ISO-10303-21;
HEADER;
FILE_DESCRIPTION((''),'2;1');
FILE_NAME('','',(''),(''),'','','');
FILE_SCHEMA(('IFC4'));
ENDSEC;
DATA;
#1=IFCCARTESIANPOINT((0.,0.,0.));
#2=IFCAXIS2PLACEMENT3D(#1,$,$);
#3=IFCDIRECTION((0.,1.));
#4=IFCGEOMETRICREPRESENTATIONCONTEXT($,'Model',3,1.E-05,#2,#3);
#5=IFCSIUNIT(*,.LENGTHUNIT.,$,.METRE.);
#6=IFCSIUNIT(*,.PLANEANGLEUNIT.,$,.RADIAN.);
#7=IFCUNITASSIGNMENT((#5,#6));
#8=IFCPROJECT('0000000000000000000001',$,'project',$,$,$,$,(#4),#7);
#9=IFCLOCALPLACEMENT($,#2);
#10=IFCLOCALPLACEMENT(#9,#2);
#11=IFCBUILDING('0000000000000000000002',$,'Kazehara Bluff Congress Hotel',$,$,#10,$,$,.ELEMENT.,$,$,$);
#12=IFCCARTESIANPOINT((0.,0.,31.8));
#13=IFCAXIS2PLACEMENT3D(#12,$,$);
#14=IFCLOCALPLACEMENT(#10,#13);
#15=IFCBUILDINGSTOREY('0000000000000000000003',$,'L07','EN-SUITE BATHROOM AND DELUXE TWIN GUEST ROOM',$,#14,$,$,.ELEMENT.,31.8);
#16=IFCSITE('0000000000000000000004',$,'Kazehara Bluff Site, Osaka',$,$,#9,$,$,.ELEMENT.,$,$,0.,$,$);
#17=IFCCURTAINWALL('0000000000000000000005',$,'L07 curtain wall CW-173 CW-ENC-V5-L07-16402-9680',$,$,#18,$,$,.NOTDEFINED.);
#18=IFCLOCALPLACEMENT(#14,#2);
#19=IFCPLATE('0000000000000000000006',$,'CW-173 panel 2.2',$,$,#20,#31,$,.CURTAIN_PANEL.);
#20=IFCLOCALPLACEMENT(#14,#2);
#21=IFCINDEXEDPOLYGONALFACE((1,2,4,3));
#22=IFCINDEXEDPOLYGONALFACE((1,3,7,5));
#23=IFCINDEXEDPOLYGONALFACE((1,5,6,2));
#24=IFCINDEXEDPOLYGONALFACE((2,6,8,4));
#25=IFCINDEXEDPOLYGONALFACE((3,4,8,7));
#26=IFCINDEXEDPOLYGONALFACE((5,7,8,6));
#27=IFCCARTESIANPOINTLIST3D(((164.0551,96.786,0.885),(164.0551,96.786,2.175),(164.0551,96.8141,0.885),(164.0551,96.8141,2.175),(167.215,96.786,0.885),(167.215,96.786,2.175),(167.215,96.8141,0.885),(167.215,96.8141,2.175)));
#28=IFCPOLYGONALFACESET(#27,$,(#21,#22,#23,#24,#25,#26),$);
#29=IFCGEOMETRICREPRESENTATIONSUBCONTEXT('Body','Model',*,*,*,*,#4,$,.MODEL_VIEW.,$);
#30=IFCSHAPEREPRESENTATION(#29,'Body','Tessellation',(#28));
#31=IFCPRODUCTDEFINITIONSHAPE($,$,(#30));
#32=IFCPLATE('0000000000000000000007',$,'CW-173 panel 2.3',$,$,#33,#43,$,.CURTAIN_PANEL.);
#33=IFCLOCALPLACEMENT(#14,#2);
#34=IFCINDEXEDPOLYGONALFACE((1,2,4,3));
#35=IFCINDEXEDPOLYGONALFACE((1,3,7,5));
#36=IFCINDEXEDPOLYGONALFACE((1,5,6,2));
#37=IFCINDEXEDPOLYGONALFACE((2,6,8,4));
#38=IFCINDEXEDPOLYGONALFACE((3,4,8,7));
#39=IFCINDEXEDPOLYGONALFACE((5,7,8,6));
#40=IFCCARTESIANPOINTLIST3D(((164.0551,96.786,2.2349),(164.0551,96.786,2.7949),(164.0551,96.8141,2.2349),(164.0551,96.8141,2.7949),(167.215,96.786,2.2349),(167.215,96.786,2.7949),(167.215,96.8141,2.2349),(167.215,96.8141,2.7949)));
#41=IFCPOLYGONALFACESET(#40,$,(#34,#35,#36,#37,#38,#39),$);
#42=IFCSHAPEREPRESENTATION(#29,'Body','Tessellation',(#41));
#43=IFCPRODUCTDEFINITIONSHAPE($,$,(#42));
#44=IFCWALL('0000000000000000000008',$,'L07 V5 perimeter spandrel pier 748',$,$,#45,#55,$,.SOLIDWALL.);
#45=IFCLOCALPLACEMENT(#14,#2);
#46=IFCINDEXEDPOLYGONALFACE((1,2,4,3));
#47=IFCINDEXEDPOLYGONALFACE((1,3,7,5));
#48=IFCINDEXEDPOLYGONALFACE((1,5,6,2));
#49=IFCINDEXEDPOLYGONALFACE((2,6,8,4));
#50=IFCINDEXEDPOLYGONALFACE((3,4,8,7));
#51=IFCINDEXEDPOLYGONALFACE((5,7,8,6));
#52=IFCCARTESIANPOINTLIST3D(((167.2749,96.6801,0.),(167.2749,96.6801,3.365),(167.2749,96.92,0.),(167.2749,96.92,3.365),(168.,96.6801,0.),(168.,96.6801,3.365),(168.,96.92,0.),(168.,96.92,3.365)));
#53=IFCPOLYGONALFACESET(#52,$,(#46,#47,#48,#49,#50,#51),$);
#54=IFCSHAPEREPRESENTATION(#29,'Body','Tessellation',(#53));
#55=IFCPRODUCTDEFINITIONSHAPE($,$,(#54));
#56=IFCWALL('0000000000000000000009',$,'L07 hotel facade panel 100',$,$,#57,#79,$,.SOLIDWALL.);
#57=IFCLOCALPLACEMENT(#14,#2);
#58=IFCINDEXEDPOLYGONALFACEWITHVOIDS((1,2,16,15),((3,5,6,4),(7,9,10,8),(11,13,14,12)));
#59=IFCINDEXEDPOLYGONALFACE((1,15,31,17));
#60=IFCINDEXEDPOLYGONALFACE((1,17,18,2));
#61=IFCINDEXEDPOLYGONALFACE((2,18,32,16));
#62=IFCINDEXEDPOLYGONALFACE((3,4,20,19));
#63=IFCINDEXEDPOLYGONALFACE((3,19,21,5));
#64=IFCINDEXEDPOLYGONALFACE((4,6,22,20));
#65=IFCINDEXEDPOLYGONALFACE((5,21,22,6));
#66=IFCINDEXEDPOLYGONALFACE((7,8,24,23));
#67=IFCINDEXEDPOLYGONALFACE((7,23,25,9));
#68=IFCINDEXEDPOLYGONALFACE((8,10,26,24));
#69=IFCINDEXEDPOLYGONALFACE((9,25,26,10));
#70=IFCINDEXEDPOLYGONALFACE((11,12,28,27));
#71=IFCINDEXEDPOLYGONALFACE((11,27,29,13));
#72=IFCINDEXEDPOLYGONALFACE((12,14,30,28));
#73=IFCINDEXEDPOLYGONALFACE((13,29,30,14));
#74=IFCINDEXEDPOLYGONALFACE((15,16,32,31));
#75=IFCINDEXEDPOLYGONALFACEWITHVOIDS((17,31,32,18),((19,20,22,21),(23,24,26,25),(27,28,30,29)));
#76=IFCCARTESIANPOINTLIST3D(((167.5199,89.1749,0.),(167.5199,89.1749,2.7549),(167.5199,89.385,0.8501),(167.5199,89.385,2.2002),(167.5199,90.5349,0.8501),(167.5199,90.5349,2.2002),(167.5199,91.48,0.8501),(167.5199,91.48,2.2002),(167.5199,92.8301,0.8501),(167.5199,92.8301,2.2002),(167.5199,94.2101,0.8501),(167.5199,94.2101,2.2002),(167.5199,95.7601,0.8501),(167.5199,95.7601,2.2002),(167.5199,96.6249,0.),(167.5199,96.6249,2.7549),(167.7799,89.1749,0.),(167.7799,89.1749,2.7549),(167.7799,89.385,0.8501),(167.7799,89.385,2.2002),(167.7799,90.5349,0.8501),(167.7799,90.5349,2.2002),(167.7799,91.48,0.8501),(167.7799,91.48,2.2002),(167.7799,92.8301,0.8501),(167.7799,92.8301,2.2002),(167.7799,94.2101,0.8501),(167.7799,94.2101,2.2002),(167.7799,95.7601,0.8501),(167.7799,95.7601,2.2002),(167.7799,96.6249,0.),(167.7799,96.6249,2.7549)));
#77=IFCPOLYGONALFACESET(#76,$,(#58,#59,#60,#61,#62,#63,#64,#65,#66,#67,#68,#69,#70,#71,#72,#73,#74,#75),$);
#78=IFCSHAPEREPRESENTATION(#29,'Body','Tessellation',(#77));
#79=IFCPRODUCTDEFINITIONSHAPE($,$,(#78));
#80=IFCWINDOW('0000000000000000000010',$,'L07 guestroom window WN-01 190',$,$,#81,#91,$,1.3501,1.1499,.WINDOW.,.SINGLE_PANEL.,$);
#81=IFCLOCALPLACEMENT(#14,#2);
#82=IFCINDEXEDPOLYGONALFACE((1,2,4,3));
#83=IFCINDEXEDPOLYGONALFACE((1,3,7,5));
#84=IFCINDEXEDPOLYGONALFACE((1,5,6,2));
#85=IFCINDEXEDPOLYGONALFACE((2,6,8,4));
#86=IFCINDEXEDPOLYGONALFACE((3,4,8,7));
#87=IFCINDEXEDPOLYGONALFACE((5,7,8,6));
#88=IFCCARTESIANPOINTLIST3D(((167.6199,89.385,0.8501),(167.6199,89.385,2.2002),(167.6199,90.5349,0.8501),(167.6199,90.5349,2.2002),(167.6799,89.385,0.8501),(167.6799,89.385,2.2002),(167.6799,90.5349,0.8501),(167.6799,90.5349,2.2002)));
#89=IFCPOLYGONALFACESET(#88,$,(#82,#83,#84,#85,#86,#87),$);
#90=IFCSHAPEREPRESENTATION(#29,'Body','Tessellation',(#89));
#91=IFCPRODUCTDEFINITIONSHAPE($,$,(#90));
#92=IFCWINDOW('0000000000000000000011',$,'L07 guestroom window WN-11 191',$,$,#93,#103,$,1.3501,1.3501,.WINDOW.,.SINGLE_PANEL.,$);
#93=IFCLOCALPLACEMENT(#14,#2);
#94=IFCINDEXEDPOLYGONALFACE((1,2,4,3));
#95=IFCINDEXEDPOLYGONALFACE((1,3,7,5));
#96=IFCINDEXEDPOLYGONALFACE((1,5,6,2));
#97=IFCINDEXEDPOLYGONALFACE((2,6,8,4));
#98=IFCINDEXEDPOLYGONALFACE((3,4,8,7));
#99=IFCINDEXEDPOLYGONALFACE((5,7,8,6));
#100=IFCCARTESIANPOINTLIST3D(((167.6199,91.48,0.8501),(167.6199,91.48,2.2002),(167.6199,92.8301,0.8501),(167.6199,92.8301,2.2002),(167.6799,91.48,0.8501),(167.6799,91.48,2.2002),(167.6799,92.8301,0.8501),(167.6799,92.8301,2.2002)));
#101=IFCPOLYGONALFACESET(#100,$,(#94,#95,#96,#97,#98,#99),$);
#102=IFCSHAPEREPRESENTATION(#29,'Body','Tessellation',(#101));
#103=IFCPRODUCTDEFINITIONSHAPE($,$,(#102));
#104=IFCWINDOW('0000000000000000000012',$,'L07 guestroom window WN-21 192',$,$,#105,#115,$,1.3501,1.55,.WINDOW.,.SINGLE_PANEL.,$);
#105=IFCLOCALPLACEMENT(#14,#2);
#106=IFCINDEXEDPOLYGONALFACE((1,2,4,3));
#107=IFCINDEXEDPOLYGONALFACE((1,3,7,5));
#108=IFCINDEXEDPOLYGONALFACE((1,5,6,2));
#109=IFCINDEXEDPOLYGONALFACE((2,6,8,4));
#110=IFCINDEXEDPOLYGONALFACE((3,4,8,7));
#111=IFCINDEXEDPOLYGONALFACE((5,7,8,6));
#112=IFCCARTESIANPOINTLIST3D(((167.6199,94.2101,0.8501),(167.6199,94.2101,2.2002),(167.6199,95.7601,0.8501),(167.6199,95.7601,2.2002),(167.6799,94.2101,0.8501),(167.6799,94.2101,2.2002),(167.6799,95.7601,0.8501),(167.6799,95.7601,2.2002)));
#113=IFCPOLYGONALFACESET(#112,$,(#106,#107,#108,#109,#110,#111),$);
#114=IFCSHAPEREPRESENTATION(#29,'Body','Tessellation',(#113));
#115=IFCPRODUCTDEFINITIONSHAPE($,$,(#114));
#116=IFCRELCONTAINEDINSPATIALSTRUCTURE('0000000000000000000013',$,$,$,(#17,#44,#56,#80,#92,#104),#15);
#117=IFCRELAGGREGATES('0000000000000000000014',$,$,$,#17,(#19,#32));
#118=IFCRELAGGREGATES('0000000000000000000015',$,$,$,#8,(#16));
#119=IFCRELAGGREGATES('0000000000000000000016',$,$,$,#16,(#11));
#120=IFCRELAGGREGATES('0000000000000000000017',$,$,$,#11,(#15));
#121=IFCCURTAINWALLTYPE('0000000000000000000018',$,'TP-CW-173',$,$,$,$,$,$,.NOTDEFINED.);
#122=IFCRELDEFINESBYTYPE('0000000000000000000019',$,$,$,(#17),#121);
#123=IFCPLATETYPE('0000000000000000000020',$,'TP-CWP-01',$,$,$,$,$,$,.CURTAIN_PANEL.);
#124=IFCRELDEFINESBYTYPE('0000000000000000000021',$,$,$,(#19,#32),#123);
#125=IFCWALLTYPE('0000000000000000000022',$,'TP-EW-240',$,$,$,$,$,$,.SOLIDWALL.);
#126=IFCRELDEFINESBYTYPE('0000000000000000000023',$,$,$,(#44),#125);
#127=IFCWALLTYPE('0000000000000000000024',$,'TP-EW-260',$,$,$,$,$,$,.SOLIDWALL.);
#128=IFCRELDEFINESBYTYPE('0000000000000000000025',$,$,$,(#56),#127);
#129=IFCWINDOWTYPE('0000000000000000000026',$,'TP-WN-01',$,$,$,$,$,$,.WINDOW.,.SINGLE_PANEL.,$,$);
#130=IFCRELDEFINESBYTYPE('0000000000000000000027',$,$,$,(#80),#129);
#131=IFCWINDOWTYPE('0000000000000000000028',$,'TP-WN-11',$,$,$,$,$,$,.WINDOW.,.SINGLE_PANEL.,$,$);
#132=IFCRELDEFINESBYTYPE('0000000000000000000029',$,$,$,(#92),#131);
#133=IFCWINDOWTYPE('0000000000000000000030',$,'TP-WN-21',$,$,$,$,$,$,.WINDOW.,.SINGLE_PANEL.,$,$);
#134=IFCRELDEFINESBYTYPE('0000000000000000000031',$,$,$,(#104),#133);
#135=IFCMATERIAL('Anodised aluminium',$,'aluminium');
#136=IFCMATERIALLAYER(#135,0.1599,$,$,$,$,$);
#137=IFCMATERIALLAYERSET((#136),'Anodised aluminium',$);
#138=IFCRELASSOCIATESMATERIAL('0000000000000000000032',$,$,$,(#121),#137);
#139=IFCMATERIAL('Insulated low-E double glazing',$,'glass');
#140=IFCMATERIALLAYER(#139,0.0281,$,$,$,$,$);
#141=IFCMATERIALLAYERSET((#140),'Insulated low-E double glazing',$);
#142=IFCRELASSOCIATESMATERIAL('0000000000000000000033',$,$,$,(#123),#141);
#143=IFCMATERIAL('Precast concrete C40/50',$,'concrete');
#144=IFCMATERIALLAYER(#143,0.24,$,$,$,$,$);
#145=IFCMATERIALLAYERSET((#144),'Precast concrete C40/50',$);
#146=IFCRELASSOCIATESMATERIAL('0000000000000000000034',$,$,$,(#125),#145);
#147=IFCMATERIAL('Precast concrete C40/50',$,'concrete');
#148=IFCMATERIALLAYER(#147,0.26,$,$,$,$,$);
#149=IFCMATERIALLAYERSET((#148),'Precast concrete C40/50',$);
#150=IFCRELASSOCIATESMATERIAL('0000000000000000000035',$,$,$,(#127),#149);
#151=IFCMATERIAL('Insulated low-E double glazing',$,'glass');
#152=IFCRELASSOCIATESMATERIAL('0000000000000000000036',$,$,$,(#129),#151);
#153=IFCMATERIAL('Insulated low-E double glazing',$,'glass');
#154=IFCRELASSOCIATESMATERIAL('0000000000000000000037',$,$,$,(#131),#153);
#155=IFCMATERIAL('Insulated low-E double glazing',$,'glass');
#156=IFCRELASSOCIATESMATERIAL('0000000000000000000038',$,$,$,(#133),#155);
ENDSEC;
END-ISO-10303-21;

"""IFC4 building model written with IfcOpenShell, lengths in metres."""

from ifc_helpers import new_model, si_unit, direction, frame, frame_2d, origin, origin_2d, place, context, subcontext, project, spatial, rectangle, extrude, material, layer, layer_set, type_object, element, fill, aggregate, save


model = new_model("IFC4")

# Units and contexts
model_context = context("Model", 3, precision=1e-05, world=origin(), true_north=direction((0.0, 1.0)))
body_context = subcontext(model_context, "Body", "Model", "MODEL_VIEW")
ifc_project = project(units=[si_unit("LENGTHUNIT", "METRE"), si_unit("PLANEANGLEUNIT", "RADIAN")], contexts=[model_context])

# Site, building, storey
site_placement = place(None, origin())
site = spatial("IfcSite", under=ifc_project, at=site_placement, Name="Kazehara Bluff Site, Osaka", CompositionType="ELEMENT", RefElevation=0.0)
building_placement = place(site_placement, origin())
building = spatial("IfcBuilding", under=site, at=building_placement, Name="Kazehara Bluff Congress Hotel", CompositionType="ELEMENT")
storey_placement = place(building_placement, frame((0.0, 0.0, 31.8)))
storey = spatial("IfcBuildingStorey", under=building, at=storey_placement, Name="L07", Description="EN-SUITE BATHROOM AND DELUXE TWIN GUEST ROOM", CompositionType="ELEMENT", Elevation=31.8)

# Curtain wall, plates
ifc_material_1 = material(Name="Anodised aluminium", Category="aluminium")
ifc_layer_1 = layer(ifc_material_1, 0.1599)
ifc_layer_set_1 = layer_set([ifc_layer_1], Name="Anodised aluminium")
curtain_wall_type = type_object("IfcCurtainWallType", Name="TP-CW-173", PredefinedType="NOTDEFINED", material=ifc_layer_set_1)
curtain_wall_placement = place(storey_placement, origin())
curtain_wall = element("IfcCurtainWall", 1, at=curtain_wall_placement, inside=storey, type_object=curtain_wall_type, Name="L07 curtain wall CW-173 CW-ENC-V5-L07-16402-9680", PredefinedType="NOTDEFINED")
ifc_material_2 = material(Name="Insulated low-E double glazing", Category="glass")
ifc_layer_2 = layer(ifc_material_2, 0.0281)
ifc_layer_set_2 = layer_set([ifc_layer_2], Name="Insulated low-E double glazing")
plate_type = type_object("IfcPlateType", Name="TP-CWP-01", PredefinedType="CURTAIN_PANEL", material=ifc_layer_set_2)
plate_1_placement = place(storey_placement, frame((165.635, 96.8, 0.885), z_axis=(0.0, 0.0, 1.0), x_axis=(1.0, 0.0, 0.0)))
plate_1 = element("IfcPlate", 2, at=plate_1_placement, type_object=plate_type, Name="CW-173 panel 2.2", PredefinedType="CURTAIN_PANEL", context=body_context, shape_type="SweptSolid", body=[
    extrude(rectangle(XDim=3.1599, YDim=0.0281, at=origin_2d()), origin(), (0.0, 0.0, 1.0), 1.29),
])
plate_2_placement = place(storey_placement, frame((165.635, 96.8, 2.2349), z_axis=(0.0, 0.0, 1.0), x_axis=(1.0, 0.0, 0.0)))
plate_2 = element("IfcPlate", 3, at=plate_2_placement, type_object=plate_type, Name="CW-173 panel 2.3", PredefinedType="CURTAIN_PANEL", context=body_context, shape_type="SweptSolid", body=[
    extrude(rectangle(XDim=3.1599, YDim=0.0281, at=origin_2d()), origin(), (0.0, 0.0, 1.0), 0.5601),
])
aggregate(curtain_wall, [plate_1, plate_2])

# Wall
ifc_material_3 = material(Name="Precast concrete C40/50", Category="concrete")
ifc_layer_3 = layer(ifc_material_3, 0.24)
ifc_layer_set_3 = layer_set([ifc_layer_3], Name="Precast concrete C40/50")
wall_type_1 = type_object("IfcWallType", Name="TP-EW-240", PredefinedType="SOLIDWALL", material=ifc_layer_set_3)
wall_1_placement = place(storey_placement, frame((167.2749, 96.8, 0.0), z_axis=(0.0, 0.0, 1.0), x_axis=(1.0, 0.0, 0.0)))
element("IfcWall", 4, at=wall_1_placement, inside=storey, type_object=wall_type_1, Name="L07 V5 perimeter spandrel pier 748", PredefinedType="SOLIDWALL", context=body_context, shape_type="SweptSolid", body=[
    extrude(rectangle(XDim=0.7251, YDim=0.24, at=frame_2d((0.3625, 0.0))), origin(), (0.0, 0.0, 1.0), 3.365),
])

# Wall, openings, windows
ifc_material_4 = material(Name="Precast concrete C40/50", Category="concrete")
ifc_layer_4 = layer(ifc_material_4, 0.26)
ifc_layer_set_4 = layer_set([ifc_layer_4], Name="Precast concrete C40/50")
wall_type_2 = type_object("IfcWallType", Name="TP-EW-260", PredefinedType="SOLIDWALL", material=ifc_layer_set_4)
wall_2_placement = place(storey_placement, frame((167.6499, 96.625, 0.0), z_axis=(0.0, 0.0, 1.0), x_axis=(0.0, -1.0, 0.0)))
wall_2 = element("IfcWall", 5, at=wall_2_placement, inside=storey, type_object=wall_type_2, Name="L07 hotel facade panel 100", PredefinedType="SOLIDWALL", context=body_context, shape_type="SweptSolid", body=[
    extrude(rectangle(XDim=7.45, YDim=0.26, at=frame_2d((3.7251, 0.0))), origin(), (0.0, 0.0, 1.0), 2.7549),
])
opening_1_placement = place(wall_2_placement, frame((6.0901, 0.0, 0.8501)))
opening_1 = element("IfcOpeningElement", 6, at=opening_1_placement, cuts=wall_2, PredefinedType="OPENING", context=body_context, shape_type="SweptSolid", body=[
    extrude(rectangle(XDim=1.1499, YDim=1.3501, at=frame_2d((0.575, 0.675))), frame((0.0, 0.1399, 0.0), z_axis=(0.0, -1.0, 0.0), x_axis=(1.0, 0.0, 0.0)), (0.0, 0.0, 1.0), 0.28),
])
opening_2_placement = place(wall_2_placement, frame((3.7949, 0.0, 0.8501)))
opening_2 = element("IfcOpeningElement", 7, at=opening_2_placement, cuts=wall_2, PredefinedType="OPENING", context=body_context, shape_type="SweptSolid", body=[
    extrude(rectangle(XDim=1.3501, YDim=1.3501, at=frame_2d((0.675, 0.675))), frame((0.0, 0.1399, 0.0), z_axis=(0.0, -1.0, 0.0), x_axis=(1.0, 0.0, 0.0)), (0.0, 0.0, 1.0), 0.28),
])
opening_3_placement = place(wall_2_placement, frame((0.865, 0.0, 0.8501)))
opening_3 = element("IfcOpeningElement", 8, at=opening_3_placement, cuts=wall_2, PredefinedType="OPENING", context=body_context, shape_type="SweptSolid", body=[
    extrude(rectangle(XDim=1.55, YDim=1.3501, at=frame_2d((0.7749, 0.675))), frame((0.0, 0.1399, 0.0), z_axis=(0.0, -1.0, 0.0), x_axis=(1.0, 0.0, 0.0)), (0.0, 0.0, 1.0), 0.28),
])
ifc_material_5 = material(Name="Insulated low-E double glazing", Category="glass")
window_type_1 = type_object("IfcWindowType", Name="TP-WN-01", PartitioningType="SINGLE_PANEL", PredefinedType="WINDOW", material=ifc_material_5)
window_1_placement = place(opening_1_placement, origin())
window_1 = element("IfcWindow", 9, at=window_1_placement, inside=storey, type_object=window_type_1, Name="L07 guestroom window WN-01 190", OverallHeight=1.3501, OverallWidth=1.1499, PartitioningType="SINGLE_PANEL", PredefinedType="WINDOW", context=body_context, shape_type="SweptSolid", body=[
    extrude(rectangle(XDim=1.1499, YDim=1.3501, at=frame_2d((0.575, 0.675))), frame((0.0, 0.03, 0.0), z_axis=(0.0, -1.0, 0.0), x_axis=(1.0, 0.0, 0.0)), (0.0, 0.0, 1.0), 0.0601),
])
fill(opening_1, window_1)
ifc_material_6 = material(Name="Insulated low-E double glazing", Category="glass")
window_type_2 = type_object("IfcWindowType", Name="TP-WN-11", PartitioningType="SINGLE_PANEL", PredefinedType="WINDOW", material=ifc_material_6)
window_2_placement = place(opening_2_placement, origin())
window_2 = element("IfcWindow", 10, at=window_2_placement, inside=storey, type_object=window_type_2, Name="L07 guestroom window WN-11 191", OverallHeight=1.3501, OverallWidth=1.3501, PartitioningType="SINGLE_PANEL", PredefinedType="WINDOW", context=body_context, shape_type="SweptSolid", body=[
    extrude(rectangle(XDim=1.3501, YDim=1.3501, at=frame_2d((0.675, 0.675))), frame((0.0, 0.03, 0.0), z_axis=(0.0, -1.0, 0.0), x_axis=(1.0, 0.0, 0.0)), (0.0, 0.0, 1.0), 0.0601),
])
fill(opening_2, window_2)
ifc_material_7 = material(Name="Insulated low-E double glazing", Category="glass")
window_type_3 = type_object("IfcWindowType", Name="TP-WN-21", PartitioningType="SINGLE_PANEL", PredefinedType="WINDOW", material=ifc_material_7)
window_3_placement = place(opening_3_placement, origin())
window_3 = element("IfcWindow", 11, at=window_3_placement, inside=storey, type_object=window_type_3, Name="L07 guestroom window WN-21 192", OverallHeight=1.3501, OverallWidth=1.55, PartitioningType="SINGLE_PANEL", PredefinedType="WINDOW", context=body_context, shape_type="SweptSolid", body=[
    extrude(rectangle(XDim=1.55, YDim=1.3501, at=frame_2d((0.7749, 0.675))), frame((0.0, 0.03, 0.0), z_axis=(0.0, -1.0, 0.0), x_axis=(1.0, 0.0, 0.0)), (0.0, 0.0, 1.0), 0.0601),
])
fill(opening_3, window_3)

save(model, "model.ifc")
